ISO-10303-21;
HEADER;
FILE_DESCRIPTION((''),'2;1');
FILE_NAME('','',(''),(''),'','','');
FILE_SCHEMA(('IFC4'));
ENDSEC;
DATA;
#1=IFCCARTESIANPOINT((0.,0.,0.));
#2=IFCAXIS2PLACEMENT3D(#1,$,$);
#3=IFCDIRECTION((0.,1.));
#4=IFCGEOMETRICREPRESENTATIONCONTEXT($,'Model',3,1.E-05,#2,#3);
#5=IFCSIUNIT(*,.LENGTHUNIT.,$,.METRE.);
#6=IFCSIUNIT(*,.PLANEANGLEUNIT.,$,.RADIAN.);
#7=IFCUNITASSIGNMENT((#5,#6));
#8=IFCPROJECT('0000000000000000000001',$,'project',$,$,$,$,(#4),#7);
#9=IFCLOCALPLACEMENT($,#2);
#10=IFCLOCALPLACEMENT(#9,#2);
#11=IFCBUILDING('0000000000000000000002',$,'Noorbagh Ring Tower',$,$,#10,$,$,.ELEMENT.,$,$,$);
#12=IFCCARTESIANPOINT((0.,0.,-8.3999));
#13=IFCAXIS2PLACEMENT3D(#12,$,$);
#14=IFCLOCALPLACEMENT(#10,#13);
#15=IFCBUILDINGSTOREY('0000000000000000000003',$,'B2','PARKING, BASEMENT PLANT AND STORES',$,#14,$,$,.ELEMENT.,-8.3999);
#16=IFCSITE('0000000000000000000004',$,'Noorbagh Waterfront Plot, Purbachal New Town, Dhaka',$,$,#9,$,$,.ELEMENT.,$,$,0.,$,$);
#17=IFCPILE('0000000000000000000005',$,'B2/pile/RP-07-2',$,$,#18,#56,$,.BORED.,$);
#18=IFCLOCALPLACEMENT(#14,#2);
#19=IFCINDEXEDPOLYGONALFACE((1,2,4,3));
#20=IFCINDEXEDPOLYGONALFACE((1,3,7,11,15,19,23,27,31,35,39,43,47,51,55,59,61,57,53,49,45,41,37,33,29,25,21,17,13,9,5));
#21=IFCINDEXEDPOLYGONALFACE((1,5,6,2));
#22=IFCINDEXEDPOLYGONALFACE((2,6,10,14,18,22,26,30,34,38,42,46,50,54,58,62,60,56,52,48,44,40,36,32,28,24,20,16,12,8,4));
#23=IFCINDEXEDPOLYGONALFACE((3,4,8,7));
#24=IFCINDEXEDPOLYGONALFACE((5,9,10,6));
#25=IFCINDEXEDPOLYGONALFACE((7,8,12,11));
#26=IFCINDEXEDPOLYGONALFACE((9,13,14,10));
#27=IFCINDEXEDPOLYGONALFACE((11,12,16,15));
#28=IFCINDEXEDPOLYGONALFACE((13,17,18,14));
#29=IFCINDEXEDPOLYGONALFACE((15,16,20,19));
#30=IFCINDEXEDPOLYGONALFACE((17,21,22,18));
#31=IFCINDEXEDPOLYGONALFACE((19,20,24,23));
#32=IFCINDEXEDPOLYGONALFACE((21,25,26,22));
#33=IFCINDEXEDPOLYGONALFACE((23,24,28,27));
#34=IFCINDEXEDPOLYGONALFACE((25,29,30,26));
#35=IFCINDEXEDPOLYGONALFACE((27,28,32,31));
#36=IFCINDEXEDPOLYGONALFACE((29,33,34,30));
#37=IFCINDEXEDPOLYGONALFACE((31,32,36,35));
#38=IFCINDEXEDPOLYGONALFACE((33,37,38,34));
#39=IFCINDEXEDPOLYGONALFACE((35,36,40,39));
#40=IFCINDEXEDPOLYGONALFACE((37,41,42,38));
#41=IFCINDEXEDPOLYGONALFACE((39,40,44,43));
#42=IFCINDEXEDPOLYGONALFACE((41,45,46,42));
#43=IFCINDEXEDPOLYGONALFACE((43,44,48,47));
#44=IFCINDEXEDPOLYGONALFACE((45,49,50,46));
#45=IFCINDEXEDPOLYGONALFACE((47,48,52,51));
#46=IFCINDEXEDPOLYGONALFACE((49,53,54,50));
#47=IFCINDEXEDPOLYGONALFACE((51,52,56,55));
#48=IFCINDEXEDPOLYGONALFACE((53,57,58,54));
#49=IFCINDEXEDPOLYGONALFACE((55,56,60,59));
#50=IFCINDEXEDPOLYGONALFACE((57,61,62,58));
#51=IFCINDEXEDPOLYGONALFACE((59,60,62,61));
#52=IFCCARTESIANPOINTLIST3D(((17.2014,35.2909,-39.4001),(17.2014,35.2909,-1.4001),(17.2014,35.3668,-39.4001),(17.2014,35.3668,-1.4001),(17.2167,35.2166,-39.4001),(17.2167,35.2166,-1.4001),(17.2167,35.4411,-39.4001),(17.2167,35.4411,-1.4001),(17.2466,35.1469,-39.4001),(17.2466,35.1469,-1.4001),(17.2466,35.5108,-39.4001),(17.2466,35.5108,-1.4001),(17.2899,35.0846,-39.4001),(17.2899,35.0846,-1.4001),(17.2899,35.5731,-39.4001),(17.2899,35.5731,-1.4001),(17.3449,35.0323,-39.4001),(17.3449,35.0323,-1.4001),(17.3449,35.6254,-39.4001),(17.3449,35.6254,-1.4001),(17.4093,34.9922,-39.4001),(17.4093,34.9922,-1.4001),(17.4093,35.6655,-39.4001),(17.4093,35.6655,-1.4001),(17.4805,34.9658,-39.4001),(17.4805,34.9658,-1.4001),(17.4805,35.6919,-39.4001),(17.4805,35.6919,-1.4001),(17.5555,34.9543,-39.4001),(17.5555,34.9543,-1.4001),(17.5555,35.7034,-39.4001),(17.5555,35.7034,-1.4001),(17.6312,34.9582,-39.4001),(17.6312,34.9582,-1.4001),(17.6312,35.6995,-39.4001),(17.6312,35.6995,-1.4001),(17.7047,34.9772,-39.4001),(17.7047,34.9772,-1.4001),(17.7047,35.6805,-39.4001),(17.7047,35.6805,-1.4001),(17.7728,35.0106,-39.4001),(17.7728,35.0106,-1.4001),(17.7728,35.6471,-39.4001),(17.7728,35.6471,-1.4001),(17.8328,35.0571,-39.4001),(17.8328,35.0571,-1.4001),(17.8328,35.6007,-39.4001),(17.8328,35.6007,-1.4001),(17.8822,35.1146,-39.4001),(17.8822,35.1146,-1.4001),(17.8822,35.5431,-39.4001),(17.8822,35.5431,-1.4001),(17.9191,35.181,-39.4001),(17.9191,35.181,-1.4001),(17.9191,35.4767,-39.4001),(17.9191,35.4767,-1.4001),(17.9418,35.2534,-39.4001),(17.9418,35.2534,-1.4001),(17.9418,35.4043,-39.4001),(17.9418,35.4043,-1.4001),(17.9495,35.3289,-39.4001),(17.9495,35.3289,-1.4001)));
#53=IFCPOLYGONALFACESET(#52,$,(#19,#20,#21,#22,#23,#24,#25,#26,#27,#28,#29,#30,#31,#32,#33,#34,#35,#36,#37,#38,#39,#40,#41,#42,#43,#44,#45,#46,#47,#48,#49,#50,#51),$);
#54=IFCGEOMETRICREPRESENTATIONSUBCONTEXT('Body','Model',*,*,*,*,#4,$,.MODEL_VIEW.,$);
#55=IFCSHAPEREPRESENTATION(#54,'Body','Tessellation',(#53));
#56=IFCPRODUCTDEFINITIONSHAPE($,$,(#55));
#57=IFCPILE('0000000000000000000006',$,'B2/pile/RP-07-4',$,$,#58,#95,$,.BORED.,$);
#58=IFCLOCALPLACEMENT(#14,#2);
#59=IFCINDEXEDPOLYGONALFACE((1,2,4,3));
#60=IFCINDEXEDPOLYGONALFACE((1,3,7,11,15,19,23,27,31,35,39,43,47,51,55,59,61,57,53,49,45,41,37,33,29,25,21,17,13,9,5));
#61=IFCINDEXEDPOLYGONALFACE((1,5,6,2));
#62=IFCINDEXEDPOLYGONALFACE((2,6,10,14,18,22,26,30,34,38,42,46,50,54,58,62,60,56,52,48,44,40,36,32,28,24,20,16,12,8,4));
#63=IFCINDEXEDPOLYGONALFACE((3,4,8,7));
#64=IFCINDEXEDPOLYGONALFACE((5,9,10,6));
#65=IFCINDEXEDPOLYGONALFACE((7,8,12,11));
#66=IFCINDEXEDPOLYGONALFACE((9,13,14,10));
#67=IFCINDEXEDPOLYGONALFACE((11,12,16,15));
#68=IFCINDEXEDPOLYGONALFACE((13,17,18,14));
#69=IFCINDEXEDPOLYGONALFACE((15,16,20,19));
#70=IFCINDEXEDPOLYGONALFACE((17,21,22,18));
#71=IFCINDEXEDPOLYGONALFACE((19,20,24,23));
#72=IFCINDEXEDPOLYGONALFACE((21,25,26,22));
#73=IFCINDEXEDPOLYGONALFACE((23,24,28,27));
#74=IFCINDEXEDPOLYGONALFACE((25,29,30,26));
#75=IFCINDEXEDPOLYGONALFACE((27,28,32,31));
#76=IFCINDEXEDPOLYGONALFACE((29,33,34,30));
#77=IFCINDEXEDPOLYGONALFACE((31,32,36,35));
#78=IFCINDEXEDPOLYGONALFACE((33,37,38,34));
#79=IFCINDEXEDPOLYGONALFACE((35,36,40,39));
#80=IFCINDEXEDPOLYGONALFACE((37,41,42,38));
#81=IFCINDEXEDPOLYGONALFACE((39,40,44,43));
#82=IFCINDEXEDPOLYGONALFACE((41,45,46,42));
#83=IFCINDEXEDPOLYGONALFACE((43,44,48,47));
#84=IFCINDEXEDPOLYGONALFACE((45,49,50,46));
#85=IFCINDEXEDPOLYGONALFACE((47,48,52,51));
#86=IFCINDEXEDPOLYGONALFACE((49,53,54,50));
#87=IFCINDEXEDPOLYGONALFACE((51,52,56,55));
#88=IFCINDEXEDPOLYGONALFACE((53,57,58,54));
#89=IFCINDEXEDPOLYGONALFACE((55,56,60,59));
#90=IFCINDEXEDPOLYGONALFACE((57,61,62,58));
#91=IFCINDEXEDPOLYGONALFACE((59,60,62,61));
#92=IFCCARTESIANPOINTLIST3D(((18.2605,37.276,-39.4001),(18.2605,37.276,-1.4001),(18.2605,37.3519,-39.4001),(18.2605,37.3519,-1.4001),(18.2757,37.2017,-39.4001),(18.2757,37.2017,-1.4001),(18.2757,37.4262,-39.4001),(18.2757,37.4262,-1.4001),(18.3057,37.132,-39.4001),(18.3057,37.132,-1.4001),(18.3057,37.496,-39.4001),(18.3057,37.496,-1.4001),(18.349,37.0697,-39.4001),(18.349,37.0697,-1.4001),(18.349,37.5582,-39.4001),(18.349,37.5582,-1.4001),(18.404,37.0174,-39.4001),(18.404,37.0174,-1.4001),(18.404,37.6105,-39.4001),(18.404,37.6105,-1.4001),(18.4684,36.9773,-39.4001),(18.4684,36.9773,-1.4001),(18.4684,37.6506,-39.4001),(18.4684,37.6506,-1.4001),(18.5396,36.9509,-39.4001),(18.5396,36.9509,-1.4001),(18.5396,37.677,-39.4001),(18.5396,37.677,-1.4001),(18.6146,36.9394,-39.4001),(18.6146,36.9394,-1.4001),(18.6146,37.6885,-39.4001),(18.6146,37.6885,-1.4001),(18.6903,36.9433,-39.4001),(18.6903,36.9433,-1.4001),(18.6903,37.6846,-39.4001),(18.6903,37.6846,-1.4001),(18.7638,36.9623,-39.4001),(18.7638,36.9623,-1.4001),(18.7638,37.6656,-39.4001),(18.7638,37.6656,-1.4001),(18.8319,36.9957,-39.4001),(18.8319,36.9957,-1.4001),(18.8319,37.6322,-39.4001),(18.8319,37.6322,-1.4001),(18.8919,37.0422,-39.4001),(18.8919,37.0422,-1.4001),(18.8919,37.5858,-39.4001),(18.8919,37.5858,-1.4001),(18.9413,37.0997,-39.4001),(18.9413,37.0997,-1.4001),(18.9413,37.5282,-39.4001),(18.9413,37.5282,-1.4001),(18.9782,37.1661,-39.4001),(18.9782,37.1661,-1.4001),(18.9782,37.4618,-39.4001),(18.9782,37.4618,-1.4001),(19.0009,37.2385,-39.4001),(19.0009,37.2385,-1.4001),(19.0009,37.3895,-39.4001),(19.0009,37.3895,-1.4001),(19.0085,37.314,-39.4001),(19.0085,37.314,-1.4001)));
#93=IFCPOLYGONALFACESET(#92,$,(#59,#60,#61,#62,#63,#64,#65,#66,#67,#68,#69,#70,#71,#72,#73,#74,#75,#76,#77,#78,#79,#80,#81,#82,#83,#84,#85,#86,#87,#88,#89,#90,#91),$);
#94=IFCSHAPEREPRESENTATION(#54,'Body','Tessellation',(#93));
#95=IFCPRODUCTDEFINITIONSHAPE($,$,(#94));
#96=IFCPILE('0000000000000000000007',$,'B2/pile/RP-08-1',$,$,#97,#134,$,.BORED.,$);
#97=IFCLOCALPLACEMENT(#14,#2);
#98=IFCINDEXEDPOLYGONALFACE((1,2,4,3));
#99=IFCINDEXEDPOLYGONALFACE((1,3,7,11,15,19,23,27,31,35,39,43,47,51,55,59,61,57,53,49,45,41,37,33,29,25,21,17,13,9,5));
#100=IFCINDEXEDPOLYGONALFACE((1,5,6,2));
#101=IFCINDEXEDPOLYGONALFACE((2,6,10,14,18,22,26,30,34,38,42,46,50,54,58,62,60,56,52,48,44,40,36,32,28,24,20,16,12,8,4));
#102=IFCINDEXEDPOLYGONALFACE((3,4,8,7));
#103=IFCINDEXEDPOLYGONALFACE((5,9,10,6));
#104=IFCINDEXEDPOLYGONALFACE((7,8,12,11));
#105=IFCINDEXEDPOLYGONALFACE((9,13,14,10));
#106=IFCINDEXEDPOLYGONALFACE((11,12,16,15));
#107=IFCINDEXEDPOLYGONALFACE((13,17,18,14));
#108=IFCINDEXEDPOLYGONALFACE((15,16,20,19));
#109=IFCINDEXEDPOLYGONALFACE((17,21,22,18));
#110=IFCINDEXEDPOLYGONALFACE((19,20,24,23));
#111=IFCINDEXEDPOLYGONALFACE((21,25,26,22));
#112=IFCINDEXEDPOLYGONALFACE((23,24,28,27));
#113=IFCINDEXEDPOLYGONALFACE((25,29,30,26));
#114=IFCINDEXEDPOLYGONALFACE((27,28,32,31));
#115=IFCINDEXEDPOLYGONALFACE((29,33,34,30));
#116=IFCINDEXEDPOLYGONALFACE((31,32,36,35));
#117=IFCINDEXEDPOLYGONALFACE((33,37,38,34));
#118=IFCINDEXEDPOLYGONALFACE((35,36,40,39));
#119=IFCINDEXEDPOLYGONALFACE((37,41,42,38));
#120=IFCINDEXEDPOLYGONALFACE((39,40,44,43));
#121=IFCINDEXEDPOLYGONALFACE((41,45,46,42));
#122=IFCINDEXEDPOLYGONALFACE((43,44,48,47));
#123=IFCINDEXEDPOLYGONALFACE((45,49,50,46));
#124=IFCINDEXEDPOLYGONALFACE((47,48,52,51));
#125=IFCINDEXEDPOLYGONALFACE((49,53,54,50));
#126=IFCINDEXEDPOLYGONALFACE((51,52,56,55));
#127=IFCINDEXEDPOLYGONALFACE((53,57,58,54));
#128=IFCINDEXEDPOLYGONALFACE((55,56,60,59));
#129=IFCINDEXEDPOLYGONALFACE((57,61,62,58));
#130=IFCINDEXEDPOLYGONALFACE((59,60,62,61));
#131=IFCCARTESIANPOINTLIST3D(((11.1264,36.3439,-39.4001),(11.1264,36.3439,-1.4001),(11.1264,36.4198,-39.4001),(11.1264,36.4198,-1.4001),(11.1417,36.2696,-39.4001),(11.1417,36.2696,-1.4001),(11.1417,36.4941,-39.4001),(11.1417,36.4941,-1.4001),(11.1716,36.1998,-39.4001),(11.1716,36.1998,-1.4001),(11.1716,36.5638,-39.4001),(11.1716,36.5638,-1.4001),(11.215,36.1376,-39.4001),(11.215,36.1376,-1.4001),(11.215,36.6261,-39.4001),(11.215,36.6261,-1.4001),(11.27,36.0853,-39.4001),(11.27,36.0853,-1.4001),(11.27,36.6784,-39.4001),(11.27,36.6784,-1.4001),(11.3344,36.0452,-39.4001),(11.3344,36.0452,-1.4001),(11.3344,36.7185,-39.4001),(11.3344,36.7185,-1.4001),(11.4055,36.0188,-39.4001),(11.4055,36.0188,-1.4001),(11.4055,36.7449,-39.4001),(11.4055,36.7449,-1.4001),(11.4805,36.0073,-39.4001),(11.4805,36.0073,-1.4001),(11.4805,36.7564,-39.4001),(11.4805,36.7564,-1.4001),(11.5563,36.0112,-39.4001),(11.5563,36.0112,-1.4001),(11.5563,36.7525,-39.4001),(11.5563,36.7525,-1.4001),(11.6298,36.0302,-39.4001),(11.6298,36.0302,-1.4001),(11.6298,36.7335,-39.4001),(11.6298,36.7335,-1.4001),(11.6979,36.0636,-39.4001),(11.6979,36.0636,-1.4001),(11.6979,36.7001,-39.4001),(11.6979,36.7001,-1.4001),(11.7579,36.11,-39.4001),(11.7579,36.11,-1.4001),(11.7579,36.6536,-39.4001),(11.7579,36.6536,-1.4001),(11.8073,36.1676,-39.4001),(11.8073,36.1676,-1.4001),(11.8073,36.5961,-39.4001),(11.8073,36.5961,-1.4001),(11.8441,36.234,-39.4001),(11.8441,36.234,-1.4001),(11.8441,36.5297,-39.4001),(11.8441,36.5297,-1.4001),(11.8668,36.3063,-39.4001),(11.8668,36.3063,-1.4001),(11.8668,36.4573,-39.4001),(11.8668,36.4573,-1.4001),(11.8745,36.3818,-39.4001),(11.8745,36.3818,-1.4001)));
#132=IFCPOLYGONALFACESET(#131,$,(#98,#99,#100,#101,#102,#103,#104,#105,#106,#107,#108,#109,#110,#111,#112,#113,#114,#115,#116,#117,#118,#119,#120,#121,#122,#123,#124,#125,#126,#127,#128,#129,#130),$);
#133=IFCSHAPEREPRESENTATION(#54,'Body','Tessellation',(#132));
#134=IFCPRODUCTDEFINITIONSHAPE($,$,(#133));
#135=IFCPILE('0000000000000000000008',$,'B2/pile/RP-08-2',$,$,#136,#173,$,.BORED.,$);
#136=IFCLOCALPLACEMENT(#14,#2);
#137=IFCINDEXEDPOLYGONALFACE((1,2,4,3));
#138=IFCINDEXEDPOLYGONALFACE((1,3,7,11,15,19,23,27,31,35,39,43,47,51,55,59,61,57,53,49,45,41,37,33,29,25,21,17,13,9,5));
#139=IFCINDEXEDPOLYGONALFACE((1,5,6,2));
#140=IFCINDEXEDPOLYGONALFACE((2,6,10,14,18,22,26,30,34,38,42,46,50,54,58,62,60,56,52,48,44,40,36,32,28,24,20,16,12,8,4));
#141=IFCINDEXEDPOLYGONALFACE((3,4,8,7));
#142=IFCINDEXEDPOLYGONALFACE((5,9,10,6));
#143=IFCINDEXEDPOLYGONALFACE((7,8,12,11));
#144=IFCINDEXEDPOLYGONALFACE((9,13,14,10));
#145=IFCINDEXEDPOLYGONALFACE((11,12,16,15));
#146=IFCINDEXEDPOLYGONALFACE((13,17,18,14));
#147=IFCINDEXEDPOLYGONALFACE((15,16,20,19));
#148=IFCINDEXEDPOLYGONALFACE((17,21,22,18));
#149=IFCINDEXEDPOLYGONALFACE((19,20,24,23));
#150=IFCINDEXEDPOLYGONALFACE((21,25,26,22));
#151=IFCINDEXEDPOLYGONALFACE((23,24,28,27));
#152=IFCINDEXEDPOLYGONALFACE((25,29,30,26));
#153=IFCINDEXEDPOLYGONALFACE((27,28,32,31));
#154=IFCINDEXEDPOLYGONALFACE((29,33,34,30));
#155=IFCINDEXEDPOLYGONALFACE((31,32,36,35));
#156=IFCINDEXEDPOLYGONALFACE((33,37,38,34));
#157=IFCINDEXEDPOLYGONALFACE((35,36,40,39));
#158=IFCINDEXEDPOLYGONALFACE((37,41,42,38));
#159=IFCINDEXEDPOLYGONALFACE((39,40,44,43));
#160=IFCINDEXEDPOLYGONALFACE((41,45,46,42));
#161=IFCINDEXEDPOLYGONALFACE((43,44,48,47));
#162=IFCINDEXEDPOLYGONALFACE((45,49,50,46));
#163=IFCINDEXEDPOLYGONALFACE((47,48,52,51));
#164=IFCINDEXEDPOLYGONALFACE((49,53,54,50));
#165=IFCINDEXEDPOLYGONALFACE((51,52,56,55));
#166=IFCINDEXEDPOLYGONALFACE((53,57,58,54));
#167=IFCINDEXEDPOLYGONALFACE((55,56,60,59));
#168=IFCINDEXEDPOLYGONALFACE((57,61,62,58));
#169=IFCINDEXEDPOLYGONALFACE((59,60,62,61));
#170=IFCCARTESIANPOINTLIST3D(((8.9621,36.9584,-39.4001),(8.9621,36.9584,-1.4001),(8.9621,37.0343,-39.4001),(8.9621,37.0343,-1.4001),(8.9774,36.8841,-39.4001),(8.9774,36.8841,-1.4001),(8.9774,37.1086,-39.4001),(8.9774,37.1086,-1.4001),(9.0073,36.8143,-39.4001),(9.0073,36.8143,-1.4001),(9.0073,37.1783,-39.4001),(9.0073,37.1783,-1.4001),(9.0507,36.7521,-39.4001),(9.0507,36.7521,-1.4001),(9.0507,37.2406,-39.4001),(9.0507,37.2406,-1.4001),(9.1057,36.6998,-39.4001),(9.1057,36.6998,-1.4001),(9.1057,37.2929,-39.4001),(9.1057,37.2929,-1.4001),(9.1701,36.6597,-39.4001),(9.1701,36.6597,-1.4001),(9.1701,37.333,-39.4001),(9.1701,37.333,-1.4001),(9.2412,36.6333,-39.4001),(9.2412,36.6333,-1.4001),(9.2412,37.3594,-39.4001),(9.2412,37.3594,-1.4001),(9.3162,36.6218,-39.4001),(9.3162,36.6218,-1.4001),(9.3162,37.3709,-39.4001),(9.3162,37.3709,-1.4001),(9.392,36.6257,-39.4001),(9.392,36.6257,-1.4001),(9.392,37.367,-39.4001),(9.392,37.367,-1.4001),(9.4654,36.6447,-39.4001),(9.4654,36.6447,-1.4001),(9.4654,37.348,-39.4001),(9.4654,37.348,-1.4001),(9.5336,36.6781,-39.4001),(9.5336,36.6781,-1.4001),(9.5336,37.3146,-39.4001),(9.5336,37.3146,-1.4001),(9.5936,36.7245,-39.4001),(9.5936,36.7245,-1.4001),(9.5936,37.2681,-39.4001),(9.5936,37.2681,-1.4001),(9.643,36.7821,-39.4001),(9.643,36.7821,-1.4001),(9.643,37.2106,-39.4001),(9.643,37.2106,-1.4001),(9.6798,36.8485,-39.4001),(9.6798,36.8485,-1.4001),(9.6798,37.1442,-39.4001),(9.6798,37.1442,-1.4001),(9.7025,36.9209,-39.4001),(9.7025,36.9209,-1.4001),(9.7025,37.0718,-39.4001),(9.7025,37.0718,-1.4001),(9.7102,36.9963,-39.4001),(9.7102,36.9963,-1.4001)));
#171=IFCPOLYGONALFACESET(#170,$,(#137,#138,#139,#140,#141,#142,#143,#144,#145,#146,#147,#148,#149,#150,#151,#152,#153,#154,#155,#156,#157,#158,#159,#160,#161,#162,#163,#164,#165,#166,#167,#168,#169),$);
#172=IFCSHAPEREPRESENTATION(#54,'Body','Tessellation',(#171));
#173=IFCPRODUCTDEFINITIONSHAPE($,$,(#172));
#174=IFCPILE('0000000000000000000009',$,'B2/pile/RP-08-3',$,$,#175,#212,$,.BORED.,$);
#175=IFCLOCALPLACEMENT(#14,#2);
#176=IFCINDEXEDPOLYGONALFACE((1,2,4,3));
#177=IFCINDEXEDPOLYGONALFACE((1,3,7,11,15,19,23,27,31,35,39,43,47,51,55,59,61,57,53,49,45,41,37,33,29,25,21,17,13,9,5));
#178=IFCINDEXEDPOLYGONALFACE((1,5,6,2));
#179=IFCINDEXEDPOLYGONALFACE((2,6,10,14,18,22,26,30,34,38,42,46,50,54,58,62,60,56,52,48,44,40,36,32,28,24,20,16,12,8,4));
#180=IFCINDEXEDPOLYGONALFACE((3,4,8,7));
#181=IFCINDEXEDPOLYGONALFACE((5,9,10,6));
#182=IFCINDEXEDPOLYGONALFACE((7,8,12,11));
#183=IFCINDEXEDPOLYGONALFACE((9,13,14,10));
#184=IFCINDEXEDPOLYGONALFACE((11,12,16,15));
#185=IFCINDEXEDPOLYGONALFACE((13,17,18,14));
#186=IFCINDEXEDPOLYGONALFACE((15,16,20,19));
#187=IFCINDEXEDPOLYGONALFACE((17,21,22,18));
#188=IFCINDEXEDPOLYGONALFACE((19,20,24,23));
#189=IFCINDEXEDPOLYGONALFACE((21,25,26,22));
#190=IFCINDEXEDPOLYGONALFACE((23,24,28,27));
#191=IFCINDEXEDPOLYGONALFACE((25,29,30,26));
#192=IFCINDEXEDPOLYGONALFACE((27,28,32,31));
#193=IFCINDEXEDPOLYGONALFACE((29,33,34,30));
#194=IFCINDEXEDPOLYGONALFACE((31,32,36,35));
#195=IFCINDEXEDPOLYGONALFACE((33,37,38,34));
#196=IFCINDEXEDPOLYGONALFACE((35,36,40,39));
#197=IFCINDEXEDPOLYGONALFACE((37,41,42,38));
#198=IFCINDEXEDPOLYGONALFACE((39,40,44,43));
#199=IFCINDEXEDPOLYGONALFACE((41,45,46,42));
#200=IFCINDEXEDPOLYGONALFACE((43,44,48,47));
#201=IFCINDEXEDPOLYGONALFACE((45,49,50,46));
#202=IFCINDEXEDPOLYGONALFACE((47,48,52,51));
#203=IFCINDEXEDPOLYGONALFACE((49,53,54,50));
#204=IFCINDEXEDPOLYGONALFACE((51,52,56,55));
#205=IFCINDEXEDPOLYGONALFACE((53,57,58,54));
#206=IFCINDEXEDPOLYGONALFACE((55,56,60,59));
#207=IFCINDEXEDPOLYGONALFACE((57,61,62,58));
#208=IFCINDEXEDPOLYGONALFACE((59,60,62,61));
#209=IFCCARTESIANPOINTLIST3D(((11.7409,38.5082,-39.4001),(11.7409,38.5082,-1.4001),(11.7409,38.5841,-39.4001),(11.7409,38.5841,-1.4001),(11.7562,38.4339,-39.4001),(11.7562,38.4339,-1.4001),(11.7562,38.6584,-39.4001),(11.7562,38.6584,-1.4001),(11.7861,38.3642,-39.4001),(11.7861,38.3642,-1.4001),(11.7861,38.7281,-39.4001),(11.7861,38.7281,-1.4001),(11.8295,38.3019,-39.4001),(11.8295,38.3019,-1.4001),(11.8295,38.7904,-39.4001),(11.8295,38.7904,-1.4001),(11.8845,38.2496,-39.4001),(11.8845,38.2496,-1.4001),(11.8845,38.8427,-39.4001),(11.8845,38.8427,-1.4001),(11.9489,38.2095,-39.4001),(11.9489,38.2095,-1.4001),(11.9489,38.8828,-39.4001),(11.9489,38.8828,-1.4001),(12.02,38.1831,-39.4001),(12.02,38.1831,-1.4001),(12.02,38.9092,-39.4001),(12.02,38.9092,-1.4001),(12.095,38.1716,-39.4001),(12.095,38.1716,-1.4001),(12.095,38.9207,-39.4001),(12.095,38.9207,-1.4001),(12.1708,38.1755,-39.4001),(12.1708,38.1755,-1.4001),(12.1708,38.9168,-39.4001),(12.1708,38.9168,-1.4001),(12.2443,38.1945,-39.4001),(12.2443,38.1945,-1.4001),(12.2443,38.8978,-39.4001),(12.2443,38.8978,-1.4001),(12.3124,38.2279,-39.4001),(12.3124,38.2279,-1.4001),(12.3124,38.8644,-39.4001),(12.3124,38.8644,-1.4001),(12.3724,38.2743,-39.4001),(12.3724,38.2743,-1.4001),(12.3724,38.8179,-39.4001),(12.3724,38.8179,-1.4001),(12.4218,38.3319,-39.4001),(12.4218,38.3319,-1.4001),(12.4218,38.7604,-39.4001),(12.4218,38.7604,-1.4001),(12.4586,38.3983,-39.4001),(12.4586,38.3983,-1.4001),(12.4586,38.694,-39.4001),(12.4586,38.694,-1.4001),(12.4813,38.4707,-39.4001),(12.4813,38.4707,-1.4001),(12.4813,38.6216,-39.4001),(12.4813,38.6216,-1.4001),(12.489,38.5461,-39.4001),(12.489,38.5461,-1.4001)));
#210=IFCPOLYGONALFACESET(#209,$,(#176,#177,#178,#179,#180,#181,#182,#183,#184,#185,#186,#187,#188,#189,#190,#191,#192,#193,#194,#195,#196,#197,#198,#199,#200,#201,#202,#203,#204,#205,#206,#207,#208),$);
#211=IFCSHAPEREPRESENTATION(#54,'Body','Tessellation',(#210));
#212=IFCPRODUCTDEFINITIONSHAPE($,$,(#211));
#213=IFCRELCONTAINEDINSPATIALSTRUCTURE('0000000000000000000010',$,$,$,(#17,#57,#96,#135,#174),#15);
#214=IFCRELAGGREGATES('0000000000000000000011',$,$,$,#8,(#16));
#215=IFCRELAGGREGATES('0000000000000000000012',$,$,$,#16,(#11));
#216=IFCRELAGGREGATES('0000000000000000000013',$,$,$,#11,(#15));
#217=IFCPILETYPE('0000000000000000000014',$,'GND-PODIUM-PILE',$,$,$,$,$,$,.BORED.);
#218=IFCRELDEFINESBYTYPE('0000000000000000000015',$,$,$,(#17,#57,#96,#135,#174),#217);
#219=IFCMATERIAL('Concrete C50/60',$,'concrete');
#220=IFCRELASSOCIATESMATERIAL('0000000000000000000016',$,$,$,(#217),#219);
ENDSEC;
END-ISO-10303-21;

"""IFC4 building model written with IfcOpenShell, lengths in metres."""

from ifc_helpers import new_model, si_unit, direction, frame, origin, origin_2d, place, context, subcontext, project, spatial, circle, extrude, material, material_profile, profile_set, type_object, element, save


model = new_model("IFC4")

# Units and contexts
model_context = context("Model", 3, precision=1e-05, world=origin(), true_north=direction((0.0, 1.0)))
body_context = subcontext(model_context, "Body", "Model", "MODEL_VIEW")
ifc_project = project(units=[si_unit("LENGTHUNIT", "METRE"), si_unit("PLANEANGLEUNIT", "RADIAN")], contexts=[model_context])

# Site, building, storey
site_placement = place(None, origin())
site = spatial("IfcSite", under=ifc_project, at=site_placement, Name="Noorbagh Waterfront Plot, Purbachal New Town, Dhaka", CompositionType="ELEMENT", RefElevation=0.0)
building_placement = place(site_placement, origin())
building = spatial("IfcBuilding", under=site, at=building_placement, Name="Noorbagh Ring Tower", CompositionType="ELEMENT")
storey_placement = place(building_placement, frame((0.0, 0.0, -8.3999)))
storey = spatial("IfcBuildingStorey", under=building, at=storey_placement, Name="B2", Description="PARKING, BASEMENT PLANT AND STORES", CompositionType="ELEMENT", Elevation=-8.3999)

# Piles
ifc_material_1 = material(Name="Concrete C50/60", Category="concrete")
ifc_material_profile_1 = material_profile(ifc_material_1, circle(Radius=0.375, at=origin_2d()), Name="PILE750")
ifc_profile_set_1 = profile_set([ifc_material_profile_1], Name="Concrete C50/60")
pile_type_1 = type_object("IfcPileType", Name="GND-PODIUM-PILE", PredefinedType="BORED", material=ifc_profile_set_1)
for number, where, z_axis, x_axis, name in (
    (1, (17.5745, 35.3289, -1.4001), (0.0, 0.0, -1.0), (1.0, 0.0, 0.0), "B2/pile/RP-07-2"),
    (2, (18.6335, 37.314, -1.4001), (0.0, 0.0, -1.0), (1.0, 0.0, 0.0), "B2/pile/RP-07-4"),
    (3, (11.4995, 36.3818, -1.4001), (0.0, 0.0, -1.0), (1.0, 0.0, 0.0), "B2/pile/RP-08-1"),
    (4, (9.3352, 36.9963, -1.4001), (0.0, 0.0, -1.0), (1.0, 0.0, 0.0), "B2/pile/RP-08-2"),
    (5, (12.114, 38.5461, -1.4001), (0.0, 0.0, -1.0), (1.0, 0.0, 0.0), "B2/pile/RP-08-3"),
):
    element("IfcPile", number, at=place(storey_placement, frame(where, z_axis=z_axis, x_axis=x_axis)), inside=storey, type_object=pile_type_1, Name=name, PredefinedType="BORED", context=body_context, shape_type="SweptSolid", body=[
        extrude(circle(Radius=0.375, at=origin_2d()), origin(), (0.0, 0.0, 1.0), 38.0),
    ])

save(model, "model.ifc")
